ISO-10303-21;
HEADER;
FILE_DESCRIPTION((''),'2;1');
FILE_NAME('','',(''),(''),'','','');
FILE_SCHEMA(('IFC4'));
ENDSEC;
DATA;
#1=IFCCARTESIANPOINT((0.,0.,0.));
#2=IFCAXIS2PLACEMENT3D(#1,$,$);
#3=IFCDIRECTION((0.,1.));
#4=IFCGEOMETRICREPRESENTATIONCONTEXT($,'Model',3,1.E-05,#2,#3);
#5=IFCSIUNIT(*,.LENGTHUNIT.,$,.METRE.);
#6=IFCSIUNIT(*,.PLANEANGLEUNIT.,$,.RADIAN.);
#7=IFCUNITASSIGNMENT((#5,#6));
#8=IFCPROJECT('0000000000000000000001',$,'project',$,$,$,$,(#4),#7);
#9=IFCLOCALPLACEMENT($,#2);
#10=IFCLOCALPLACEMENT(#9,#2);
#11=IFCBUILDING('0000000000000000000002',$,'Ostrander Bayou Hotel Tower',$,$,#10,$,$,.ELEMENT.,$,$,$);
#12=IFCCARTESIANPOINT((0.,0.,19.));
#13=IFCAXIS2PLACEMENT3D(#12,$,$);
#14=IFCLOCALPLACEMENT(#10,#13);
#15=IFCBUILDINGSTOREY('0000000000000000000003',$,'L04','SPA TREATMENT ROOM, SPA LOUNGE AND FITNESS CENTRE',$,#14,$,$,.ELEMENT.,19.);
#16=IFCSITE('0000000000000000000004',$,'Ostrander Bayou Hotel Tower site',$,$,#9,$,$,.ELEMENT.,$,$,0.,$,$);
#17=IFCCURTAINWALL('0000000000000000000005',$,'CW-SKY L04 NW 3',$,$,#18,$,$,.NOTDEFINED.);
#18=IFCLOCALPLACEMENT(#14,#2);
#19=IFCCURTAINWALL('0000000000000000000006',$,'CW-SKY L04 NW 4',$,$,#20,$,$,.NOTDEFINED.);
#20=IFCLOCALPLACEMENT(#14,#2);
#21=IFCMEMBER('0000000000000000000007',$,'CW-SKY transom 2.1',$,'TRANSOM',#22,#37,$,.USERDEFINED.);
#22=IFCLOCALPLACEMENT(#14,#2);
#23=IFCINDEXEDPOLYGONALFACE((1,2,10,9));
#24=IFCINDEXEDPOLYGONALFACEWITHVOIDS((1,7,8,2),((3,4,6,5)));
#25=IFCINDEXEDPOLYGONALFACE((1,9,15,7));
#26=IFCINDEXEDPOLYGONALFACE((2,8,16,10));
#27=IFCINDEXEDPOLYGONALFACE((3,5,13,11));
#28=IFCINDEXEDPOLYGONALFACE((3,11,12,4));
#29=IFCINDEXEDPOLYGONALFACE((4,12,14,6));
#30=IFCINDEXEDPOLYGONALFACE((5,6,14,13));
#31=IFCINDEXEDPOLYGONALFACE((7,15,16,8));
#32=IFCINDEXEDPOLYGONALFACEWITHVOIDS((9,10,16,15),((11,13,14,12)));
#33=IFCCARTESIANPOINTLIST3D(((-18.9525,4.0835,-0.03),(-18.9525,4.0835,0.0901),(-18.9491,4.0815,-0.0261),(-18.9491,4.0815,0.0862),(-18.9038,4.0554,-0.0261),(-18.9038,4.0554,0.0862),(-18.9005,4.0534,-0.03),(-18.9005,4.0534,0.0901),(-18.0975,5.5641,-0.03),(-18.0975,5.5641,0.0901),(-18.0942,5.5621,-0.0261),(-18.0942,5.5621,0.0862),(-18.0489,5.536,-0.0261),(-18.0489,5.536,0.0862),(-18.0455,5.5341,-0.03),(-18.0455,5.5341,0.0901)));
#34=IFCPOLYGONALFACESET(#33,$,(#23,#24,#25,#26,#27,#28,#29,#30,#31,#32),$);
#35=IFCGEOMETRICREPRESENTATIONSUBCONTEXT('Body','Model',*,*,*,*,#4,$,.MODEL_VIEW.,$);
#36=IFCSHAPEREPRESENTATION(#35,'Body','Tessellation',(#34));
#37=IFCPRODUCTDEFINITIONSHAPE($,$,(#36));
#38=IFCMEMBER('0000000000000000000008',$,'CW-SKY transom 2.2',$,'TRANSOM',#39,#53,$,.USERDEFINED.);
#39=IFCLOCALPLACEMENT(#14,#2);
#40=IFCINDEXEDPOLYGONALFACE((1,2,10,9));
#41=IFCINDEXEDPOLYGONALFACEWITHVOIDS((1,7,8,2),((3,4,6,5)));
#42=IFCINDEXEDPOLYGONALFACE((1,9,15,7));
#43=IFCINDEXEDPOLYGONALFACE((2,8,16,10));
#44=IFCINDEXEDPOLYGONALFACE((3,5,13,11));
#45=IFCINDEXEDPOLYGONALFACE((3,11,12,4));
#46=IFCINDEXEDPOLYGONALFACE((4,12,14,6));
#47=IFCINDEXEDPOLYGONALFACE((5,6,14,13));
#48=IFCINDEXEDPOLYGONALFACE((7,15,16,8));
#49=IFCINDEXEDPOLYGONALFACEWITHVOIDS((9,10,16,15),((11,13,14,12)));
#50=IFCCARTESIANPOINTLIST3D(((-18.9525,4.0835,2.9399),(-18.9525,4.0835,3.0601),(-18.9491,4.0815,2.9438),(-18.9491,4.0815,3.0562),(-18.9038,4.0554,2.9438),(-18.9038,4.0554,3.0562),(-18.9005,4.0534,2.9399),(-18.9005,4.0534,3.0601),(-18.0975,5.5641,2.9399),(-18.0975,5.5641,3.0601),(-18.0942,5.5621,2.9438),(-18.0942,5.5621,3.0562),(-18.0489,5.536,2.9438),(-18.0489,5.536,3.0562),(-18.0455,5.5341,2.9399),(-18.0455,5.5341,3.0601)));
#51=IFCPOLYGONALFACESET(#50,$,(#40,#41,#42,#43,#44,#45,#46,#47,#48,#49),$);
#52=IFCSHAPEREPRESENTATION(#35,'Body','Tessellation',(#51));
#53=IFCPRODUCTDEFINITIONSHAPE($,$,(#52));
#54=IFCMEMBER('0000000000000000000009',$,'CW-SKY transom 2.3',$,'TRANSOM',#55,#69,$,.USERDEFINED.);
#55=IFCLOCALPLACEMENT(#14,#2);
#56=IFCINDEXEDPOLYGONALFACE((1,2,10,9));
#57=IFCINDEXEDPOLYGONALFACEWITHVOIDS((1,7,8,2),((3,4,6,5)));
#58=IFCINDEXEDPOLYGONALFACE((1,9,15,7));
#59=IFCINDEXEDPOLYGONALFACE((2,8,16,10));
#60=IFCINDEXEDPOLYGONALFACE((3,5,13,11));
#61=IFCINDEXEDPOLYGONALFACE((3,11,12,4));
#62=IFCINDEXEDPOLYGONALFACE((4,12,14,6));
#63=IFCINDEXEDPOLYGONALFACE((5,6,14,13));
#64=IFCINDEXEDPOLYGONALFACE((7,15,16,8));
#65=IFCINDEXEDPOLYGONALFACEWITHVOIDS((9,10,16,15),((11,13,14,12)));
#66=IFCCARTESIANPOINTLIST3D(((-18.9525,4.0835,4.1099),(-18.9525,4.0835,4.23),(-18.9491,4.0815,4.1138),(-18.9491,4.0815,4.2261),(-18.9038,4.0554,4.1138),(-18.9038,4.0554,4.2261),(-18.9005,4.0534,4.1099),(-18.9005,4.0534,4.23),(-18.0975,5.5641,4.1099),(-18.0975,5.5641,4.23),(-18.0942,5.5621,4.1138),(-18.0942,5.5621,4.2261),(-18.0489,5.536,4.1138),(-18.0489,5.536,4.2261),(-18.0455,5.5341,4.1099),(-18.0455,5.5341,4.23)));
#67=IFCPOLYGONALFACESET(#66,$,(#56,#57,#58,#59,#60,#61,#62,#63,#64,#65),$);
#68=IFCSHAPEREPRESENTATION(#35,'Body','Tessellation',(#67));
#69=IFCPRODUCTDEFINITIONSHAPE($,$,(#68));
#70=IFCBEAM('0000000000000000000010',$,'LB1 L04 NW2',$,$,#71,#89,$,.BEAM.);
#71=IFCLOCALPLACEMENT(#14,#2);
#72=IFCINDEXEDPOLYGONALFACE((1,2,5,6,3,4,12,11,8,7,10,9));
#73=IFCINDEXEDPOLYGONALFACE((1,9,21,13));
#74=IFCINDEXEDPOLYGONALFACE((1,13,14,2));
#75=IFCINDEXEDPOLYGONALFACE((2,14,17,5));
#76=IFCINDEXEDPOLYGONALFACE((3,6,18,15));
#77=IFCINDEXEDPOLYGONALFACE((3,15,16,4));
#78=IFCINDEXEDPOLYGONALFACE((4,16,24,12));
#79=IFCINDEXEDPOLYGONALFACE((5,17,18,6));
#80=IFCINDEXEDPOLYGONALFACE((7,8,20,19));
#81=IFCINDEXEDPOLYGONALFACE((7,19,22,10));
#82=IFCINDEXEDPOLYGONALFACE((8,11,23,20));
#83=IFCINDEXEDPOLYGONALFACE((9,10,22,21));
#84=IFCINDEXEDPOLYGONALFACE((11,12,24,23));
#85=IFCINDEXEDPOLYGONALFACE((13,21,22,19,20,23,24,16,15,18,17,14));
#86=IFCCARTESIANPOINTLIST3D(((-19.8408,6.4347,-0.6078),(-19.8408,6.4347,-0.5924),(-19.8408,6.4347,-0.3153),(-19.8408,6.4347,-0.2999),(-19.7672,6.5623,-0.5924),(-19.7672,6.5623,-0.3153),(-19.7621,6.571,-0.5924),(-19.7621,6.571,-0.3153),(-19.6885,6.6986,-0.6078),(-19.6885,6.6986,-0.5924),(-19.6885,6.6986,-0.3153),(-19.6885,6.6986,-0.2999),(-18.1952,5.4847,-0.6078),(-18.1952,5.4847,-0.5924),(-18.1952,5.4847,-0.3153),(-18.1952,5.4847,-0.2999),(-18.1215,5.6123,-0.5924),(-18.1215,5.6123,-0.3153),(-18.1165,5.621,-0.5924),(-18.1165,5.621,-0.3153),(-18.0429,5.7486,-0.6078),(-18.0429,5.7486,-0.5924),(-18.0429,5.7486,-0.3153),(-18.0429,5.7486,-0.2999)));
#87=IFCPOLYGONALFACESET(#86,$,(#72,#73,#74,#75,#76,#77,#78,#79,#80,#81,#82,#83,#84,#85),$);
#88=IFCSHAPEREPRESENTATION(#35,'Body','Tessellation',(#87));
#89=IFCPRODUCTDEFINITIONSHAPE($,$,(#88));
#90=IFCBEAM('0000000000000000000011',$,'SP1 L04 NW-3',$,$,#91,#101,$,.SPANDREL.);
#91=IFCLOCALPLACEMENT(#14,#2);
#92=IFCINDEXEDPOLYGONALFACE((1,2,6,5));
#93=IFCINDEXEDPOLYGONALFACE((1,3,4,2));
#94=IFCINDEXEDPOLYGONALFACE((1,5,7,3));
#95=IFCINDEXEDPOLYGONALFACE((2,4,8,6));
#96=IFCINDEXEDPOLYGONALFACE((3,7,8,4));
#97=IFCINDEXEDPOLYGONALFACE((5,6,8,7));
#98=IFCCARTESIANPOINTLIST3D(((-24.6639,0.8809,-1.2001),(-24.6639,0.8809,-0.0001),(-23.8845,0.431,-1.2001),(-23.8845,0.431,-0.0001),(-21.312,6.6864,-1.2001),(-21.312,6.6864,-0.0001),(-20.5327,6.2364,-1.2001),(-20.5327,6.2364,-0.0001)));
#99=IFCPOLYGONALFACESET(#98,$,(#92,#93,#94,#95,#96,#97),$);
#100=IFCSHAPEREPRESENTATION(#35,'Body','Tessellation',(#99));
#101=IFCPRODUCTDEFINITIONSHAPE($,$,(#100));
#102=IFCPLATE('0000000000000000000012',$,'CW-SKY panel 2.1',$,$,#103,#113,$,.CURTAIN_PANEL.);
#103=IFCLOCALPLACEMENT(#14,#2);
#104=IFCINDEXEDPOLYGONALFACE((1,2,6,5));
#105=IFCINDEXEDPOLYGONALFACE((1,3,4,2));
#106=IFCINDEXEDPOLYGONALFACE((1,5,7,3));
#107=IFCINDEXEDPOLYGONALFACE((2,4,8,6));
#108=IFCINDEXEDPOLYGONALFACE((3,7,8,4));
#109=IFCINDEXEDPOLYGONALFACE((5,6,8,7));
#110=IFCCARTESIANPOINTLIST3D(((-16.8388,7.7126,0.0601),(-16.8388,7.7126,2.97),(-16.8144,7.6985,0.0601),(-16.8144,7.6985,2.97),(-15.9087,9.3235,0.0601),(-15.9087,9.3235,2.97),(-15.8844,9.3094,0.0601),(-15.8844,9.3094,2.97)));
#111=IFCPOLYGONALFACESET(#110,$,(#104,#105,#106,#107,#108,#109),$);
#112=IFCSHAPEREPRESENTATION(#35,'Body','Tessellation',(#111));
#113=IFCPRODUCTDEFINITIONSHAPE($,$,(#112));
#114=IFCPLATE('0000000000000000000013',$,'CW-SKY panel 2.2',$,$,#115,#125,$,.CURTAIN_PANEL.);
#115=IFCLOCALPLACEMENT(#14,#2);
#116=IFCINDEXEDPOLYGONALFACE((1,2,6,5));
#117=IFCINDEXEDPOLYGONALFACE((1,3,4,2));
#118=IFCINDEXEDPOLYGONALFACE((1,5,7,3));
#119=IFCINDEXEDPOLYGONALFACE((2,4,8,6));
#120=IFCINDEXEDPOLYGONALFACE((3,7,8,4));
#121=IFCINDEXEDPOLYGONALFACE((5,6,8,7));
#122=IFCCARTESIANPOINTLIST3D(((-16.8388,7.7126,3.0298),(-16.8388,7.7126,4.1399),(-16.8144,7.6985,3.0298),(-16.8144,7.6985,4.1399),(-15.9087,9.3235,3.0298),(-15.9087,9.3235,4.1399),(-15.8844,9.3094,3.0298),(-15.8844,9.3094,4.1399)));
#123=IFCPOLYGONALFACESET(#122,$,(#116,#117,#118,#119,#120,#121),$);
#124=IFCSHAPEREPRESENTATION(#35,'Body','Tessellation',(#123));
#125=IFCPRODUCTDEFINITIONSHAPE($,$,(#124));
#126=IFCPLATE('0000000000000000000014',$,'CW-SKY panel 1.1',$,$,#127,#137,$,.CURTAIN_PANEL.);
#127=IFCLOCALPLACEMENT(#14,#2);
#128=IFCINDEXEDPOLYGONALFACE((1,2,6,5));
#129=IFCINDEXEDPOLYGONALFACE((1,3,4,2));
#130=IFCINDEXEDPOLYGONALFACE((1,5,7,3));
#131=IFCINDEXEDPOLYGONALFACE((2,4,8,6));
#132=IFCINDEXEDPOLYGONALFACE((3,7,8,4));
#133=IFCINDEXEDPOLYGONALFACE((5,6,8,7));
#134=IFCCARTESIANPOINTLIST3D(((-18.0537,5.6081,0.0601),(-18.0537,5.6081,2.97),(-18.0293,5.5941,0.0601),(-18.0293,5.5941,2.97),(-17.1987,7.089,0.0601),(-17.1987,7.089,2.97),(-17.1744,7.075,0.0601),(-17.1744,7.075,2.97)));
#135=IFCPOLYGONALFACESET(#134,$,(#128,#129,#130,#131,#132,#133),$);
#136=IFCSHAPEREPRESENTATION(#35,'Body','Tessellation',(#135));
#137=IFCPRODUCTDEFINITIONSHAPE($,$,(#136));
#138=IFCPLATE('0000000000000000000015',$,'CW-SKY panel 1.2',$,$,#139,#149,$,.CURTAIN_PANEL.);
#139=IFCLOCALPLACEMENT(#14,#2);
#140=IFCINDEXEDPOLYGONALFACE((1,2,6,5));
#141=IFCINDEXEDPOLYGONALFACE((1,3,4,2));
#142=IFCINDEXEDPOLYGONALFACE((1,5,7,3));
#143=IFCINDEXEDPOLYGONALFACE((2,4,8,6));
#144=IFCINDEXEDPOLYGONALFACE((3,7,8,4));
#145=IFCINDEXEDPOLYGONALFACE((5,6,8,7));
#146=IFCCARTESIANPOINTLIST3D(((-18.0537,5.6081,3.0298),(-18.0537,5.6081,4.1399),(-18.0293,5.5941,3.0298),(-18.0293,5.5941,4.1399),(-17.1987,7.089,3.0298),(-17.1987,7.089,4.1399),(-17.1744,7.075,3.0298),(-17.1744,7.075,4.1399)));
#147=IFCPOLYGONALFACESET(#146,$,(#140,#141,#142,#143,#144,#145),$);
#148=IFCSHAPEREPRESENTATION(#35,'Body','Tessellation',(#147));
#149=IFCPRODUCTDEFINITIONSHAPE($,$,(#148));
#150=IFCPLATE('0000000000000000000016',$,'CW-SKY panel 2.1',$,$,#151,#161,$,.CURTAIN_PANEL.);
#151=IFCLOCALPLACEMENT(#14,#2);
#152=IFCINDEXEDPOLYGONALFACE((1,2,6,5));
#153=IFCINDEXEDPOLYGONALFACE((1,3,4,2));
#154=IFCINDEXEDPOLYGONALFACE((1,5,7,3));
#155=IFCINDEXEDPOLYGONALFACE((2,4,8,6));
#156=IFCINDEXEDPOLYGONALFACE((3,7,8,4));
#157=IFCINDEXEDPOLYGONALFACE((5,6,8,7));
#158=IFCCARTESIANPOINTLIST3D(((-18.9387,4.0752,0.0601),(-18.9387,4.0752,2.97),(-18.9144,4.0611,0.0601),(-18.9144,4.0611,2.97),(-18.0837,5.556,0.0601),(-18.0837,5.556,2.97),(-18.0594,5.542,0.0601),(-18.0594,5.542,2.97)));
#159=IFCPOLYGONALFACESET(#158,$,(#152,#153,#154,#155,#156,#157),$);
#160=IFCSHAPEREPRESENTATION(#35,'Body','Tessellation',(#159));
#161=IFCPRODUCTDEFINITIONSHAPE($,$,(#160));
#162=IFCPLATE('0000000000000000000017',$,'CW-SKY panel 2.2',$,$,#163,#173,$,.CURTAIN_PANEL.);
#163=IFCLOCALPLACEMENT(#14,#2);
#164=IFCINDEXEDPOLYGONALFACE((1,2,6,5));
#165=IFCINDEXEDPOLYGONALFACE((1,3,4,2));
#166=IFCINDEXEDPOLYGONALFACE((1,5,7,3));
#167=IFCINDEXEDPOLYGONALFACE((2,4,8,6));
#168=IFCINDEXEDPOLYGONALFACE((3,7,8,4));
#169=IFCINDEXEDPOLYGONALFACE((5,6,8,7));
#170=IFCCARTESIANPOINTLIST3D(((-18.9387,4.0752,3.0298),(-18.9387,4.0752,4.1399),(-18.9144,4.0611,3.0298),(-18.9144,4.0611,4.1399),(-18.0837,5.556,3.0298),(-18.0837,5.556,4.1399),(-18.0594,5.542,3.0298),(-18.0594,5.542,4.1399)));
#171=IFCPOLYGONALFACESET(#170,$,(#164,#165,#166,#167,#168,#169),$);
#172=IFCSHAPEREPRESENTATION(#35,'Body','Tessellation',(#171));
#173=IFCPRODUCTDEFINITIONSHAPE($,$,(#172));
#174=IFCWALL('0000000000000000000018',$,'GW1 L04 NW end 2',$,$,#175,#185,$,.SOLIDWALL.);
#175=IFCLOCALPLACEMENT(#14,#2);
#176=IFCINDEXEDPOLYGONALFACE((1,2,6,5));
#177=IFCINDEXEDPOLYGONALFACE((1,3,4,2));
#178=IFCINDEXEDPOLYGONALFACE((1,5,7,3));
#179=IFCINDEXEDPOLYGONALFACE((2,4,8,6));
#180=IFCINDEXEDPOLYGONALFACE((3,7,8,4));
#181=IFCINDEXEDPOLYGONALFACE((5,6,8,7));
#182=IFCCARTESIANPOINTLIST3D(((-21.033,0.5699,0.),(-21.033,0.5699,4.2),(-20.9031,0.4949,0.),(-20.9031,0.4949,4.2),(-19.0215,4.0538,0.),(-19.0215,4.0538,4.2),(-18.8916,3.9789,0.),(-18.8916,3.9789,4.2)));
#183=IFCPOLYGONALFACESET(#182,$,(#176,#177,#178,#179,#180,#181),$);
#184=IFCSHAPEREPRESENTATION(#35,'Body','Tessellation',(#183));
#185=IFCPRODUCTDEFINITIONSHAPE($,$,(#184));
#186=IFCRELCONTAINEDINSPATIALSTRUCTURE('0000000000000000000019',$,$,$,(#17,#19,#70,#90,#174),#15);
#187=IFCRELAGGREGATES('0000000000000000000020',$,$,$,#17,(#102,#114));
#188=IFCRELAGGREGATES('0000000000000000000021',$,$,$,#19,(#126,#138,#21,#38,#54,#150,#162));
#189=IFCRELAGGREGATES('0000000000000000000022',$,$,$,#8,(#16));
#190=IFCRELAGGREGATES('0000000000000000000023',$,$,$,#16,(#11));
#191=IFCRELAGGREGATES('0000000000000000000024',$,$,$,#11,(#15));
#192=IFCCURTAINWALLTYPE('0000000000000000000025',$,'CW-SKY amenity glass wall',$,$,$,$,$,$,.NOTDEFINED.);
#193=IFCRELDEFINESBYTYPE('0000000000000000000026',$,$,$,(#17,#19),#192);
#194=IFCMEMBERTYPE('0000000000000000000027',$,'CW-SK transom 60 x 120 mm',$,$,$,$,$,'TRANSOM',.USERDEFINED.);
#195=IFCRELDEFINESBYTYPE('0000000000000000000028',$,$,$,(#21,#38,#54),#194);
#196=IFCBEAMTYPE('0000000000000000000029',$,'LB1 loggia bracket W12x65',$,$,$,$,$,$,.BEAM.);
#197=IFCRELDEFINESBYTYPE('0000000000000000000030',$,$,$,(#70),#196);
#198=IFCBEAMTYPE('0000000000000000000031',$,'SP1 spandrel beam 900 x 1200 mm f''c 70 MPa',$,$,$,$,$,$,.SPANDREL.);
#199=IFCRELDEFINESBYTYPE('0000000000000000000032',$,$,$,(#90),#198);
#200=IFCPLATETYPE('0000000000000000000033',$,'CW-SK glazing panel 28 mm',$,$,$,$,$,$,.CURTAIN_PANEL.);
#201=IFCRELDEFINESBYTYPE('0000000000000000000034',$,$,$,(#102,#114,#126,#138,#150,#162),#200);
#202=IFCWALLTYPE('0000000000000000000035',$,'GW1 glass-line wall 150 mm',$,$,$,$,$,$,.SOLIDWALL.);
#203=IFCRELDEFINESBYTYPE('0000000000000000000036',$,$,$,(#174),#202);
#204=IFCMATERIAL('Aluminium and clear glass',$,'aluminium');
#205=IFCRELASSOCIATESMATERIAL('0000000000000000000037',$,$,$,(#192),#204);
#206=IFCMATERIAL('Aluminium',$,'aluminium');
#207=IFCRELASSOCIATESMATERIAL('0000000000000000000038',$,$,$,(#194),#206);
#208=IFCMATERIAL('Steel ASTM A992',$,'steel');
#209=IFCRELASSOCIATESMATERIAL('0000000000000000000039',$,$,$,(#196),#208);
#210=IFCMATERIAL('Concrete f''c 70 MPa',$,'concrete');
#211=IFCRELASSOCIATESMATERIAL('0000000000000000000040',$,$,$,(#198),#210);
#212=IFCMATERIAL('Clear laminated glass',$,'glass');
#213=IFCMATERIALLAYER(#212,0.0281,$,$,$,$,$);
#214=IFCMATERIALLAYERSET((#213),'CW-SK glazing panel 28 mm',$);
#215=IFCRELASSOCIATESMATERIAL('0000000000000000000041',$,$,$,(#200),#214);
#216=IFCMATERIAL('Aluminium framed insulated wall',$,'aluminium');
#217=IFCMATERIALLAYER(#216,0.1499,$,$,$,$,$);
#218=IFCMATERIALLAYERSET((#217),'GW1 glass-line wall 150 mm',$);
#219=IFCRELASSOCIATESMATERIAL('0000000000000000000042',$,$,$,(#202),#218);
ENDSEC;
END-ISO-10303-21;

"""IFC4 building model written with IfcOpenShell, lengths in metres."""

from ifc_helpers import new_model, si_unit, direction, frame, frame_2d, origin, origin_2d, place, context, subcontext, project, spatial, rectangle, hollow_rectangle, i_section, extrude, material, layer, layer_set, material_profile, profile_set, type_object, element, aggregate, save


model = new_model("IFC4")

# Units and contexts
model_context = context("Model", 3, precision=1e-05, world=origin(), true_north=direction((0.0, 1.0)))
body_context = subcontext(model_context, "Body", "Model", "MODEL_VIEW")
ifc_project = project(units=[si_unit("LENGTHUNIT", "METRE"), si_unit("PLANEANGLEUNIT", "RADIAN")], contexts=[model_context])

# Site, building, storey
site_placement = place(None, origin())
site = spatial("IfcSite", under=ifc_project, at=site_placement, Name="Ostrander Bayou Hotel Tower site", CompositionType="ELEMENT", RefElevation=0.0)
building_placement = place(site_placement, origin())
building = spatial("IfcBuilding", under=site, at=building_placement, Name="Ostrander Bayou Hotel Tower", CompositionType="ELEMENT")
storey_placement = place(building_placement, frame((0.0, 0.0, 19.0)))
storey = spatial("IfcBuildingStorey", under=building, at=storey_placement, Name="L04", Description="SPA TREATMENT ROOM, SPA LOUNGE AND FITNESS CENTRE", CompositionType="ELEMENT", Elevation=19.0)

# Curtain wall
ifc_material_1 = material(Name="Aluminium and clear glass", Category="aluminium")
curtain_wall_type = type_object("IfcCurtainWallType", Name="CW-SKY amenity glass wall", PredefinedType="NOTDEFINED", material=ifc_material_1)
curtain_wall_1_placement = place(storey_placement, origin())
curtain_wall_1 = element("IfcCurtainWall", 1, at=curtain_wall_1_placement, inside=storey, type_object=curtain_wall_type, Name="CW-SKY L04 NW 3", PredefinedType="NOTDEFINED")

# Curtain wall, members
curtain_wall_2_placement = place(storey_placement, origin())
curtain_wall_2 = element("IfcCurtainWall", 2, at=curtain_wall_2_placement, inside=storey, type_object=curtain_wall_type, Name="CW-SKY L04 NW 4", PredefinedType="NOTDEFINED")
ifc_material_2 = material(Name="Aluminium", Category="aluminium")
ifc_material_profile_1 = material_profile(ifc_material_2, hollow_rectangle(XDim=0.0601, YDim=0.1201, WallThickness=0.0039, at=origin_2d()))
ifc_profile_set_1 = profile_set([ifc_material_profile_1], Name="Aluminium")
member_type_1 = type_object("IfcMemberType", Name="CW-SK transom 60 x 120 mm", ElementType="TRANSOM", PredefinedType="USERDEFINED", material=ifc_profile_set_1)
member_1_placement = place(storey_placement, frame((-18.0715, 5.5491, 0.03), z_axis=(-0.50004, -0.866002, 0.0), x_axis=(0.866002, -0.50004, 0.0)))
member_1 = element("IfcMember", 3, at=member_1_placement, type_object=member_type_1, Name="CW-SKY transom 2.1", ObjectType="TRANSOM", PredefinedType="USERDEFINED", context=body_context, shape_type="SweptSolid", body=[
    extrude(hollow_rectangle(XDim=0.0601, YDim=0.1201, WallThickness=0.0039, at=origin_2d()), origin(), (0.0, 0.0, 1.0), 1.7097),
])
member_2_placement = place(storey_placement, frame((-18.0715, 5.5491, 3.0), z_axis=(-0.50004, -0.866002, 0.0), x_axis=(0.866002, -0.50004, 0.0)))
member_2 = element("IfcMember", 4, at=member_2_placement, type_object=member_type_1, Name="CW-SKY transom 2.2", ObjectType="TRANSOM", PredefinedType="USERDEFINED", context=body_context, shape_type="SweptSolid", body=[
    extrude(hollow_rectangle(XDim=0.0601, YDim=0.1201, WallThickness=0.0039, at=origin_2d()), origin(), (0.0, 0.0, 1.0), 1.7097),
])
member_3_placement = place(storey_placement, frame((-18.0715, 5.5491, 4.1699), z_axis=(-0.50004, -0.866002, 0.0), x_axis=(0.866002, -0.50004, 0.0)))
member_3 = element("IfcMember", 5, at=member_3_placement, type_object=member_type_1, Name="CW-SKY transom 2.3", ObjectType="TRANSOM", PredefinedType="USERDEFINED", context=body_context, shape_type="SweptSolid", body=[
    extrude(hollow_rectangle(XDim=0.0601, YDim=0.1201, WallThickness=0.0039, at=origin_2d()), origin(), (0.0, 0.0, 1.0), 1.7097),
])

# Beams
ifc_material_3 = material(Name="Steel ASTM A992", Category="steel")
ifc_material_profile_2 = material_profile(ifc_material_3, i_section(OverallWidth=0.3047, OverallDepth=0.3079, WebThickness=0.01, FlangeThickness=0.0154, at=origin_2d()))
ifc_profile_set_2 = profile_set([ifc_material_profile_2], Name="Steel ASTM A992")
beam_type_1 = type_object("IfcBeamType", Name="LB1 loggia bracket W12x65", PredefinedType="BEAM", material=ifc_profile_set_2)
beam_1_placement = place(storey_placement, frame((-19.7646, 6.5667, -0.4539), z_axis=(0.866044, -0.499967, 0.0), x_axis=(0.499967, 0.866044, 0.0)))
element("IfcBeam", 6, at=beam_1_placement, inside=storey, type_object=beam_type_1, Name="LB1 L04 NW2", PredefinedType="BEAM", context=body_context, shape_type="SweptSolid", body=[
    extrude(i_section(OverallWidth=0.3047, OverallDepth=0.3079, WebThickness=0.01, FlangeThickness=0.0154, at=origin_2d()), origin(), (0.0, 0.0, 1.0), 1.9001),
])
ifc_material_4 = material(Name="Concrete f'c 70 MPa", Category="concrete")
ifc_material_profile_3 = material_profile(ifc_material_4, rectangle(XDim=0.8999, YDim=1.2, at=origin_2d()))
ifc_profile_set_3 = profile_set([ifc_material_profile_3], Name="Concrete f'c 70 MPa")
beam_type_2 = type_object("IfcBeamType", Name="SP1 spandrel beam 900 x 1200 mm f'c 70 MPa", PredefinedType="SPANDREL", material=ifc_profile_set_3)
beam_2_placement = place(storey_placement, frame((-20.9224, 6.4614, -0.6001), z_axis=(-0.500005, -0.866022, 0.0), x_axis=(0.866022, -0.500005, 0.0)))
element("IfcBeam", 7, at=beam_2_placement, inside=storey, type_object=beam_type_2, Name="SP1 L04 NW-3", PredefinedType="SPANDREL", context=body_context, shape_type="SweptSolid", body=[
    extrude(rectangle(XDim=0.8999, YDim=1.2, at=origin_2d()), origin(), (0.0, 0.0, 1.0), 6.7036),
])

# Plates
ifc_material_5 = material(Name="Clear laminated glass", Category="glass")
ifc_layer_1 = layer(ifc_material_5, 0.0281)
ifc_layer_set_1 = layer_set([ifc_layer_1], Name="CW-SK glazing panel 28 mm")
plate_type = type_object("IfcPlateType", Name="CW-SK glazing panel 28 mm", PredefinedType="CURTAIN_PANEL", material=ifc_layer_set_1)
plate_1_placement = place(storey_placement, frame((-16.3616, 8.511, 0.0601), z_axis=(0.0, 0.0, 1.0), x_axis=(-0.5, -0.866025, 0.0)))
plate_1 = element("IfcPlate", 8, at=plate_1_placement, type_object=plate_type, Name="CW-SKY panel 2.1", PredefinedType="CURTAIN_PANEL", context=body_context, shape_type="SweptSolid", body=[
    extrude(rectangle(XDim=1.8601, YDim=0.0281, at=origin_2d()), origin(), (0.0, 0.0, 1.0), 2.9099),
])
plate_2_placement = place(storey_placement, frame((-16.3616, 8.511, 3.0298), z_axis=(0.0, 0.0, 1.0), x_axis=(-0.5, -0.866025, 0.0)))
plate_2 = element("IfcPlate", 9, at=plate_2_placement, type_object=plate_type, Name="CW-SKY panel 2.2", PredefinedType="CURTAIN_PANEL", context=body_context, shape_type="SweptSolid", body=[
    extrude(rectangle(XDim=1.8601, YDim=0.0281, at=origin_2d()), origin(), (0.0, 0.0, 1.0), 1.1101),
])
aggregate(curtain_wall_1, [plate_1, plate_2])
plate_3_placement = place(storey_placement, frame((-17.614, 6.3416, 0.0601), z_axis=(0.0, 0.0, 1.0), x_axis=(-0.499999, -0.866026, 0.0)))
plate_3 = element("IfcPlate", 10, at=plate_3_placement, type_object=plate_type, Name="CW-SKY panel 1.1", PredefinedType="CURTAIN_PANEL", context=body_context, shape_type="SweptSolid", body=[
    extrude(rectangle(XDim=1.71, YDim=0.0281, at=origin_2d()), origin(), (0.0, 0.0, 1.0), 2.9099),
])
plate_4_placement = place(storey_placement, frame((-17.614, 6.3416, 3.0298), z_axis=(0.0, 0.0, 1.0), x_axis=(-0.499999, -0.866026, 0.0)))
plate_4 = element("IfcPlate", 11, at=plate_4_placement, type_object=plate_type, Name="CW-SKY panel 1.2", PredefinedType="CURTAIN_PANEL", context=body_context, shape_type="SweptSolid", body=[
    extrude(rectangle(XDim=1.71, YDim=0.0281, at=origin_2d()), origin(), (0.0, 0.0, 1.0), 1.1101),
])
plate_5_placement = place(storey_placement, frame((-18.499, 4.8086, 0.0601), z_axis=(0.0, 0.0, 1.0), x_axis=(-0.499999, -0.866026, 0.0)))
plate_5 = element("IfcPlate", 12, at=plate_5_placement, type_object=plate_type, Name="CW-SKY panel 2.1", PredefinedType="CURTAIN_PANEL", context=body_context, shape_type="SweptSolid", body=[
    extrude(rectangle(XDim=1.71, YDim=0.0281, at=origin_2d()), origin(), (0.0, 0.0, 1.0), 2.9099),
])
plate_6_placement = place(storey_placement, frame((-18.499, 4.8086, 3.0298), z_axis=(0.0, 0.0, 1.0), x_axis=(-0.499999, -0.866026, 0.0)))
plate_6 = element("IfcPlate", 13, at=plate_6_placement, type_object=plate_type, Name="CW-SKY panel 2.2", PredefinedType="CURTAIN_PANEL", context=body_context, shape_type="SweptSolid", body=[
    extrude(rectangle(XDim=1.71, YDim=0.0281, at=origin_2d()), origin(), (0.0, 0.0, 1.0), 1.1101),
])
aggregate(curtain_wall_2, [plate_3, plate_4, member_1, member_2, member_3, plate_5, plate_6])

# Wall
ifc_material_6 = material(Name="Aluminium framed insulated wall", Category="aluminium")
ifc_layer_2 = layer(ifc_material_6, 0.1499)
ifc_layer_set_2 = layer_set([ifc_layer_2], Name="GW1 glass-line wall 150 mm")
wall_type_1 = type_object("IfcWallType", Name="GW1 glass-line wall 150 mm", PredefinedType="SOLIDWALL", material=ifc_layer_set_2)
wall_1_placement = place(storey_placement, frame((-18.9565, 4.0164, 0.0), z_axis=(0.0, 0.0, 1.0), x_axis=(-0.50001, -0.86602, 0.0)))
element("IfcWall", 14, at=wall_1_placement, inside=storey, type_object=wall_type_1, Name="GW1 L04 NW end 2", PredefinedType="SOLIDWALL", context=body_context, shape_type="SweptSolid", body=[
    extrude(rectangle(XDim=4.0229, YDim=0.1499, at=frame_2d((2.0115, 0.0))), origin(), (0.0, 0.0, 1.0), 4.2),
])

save(model, "model.ifc")
